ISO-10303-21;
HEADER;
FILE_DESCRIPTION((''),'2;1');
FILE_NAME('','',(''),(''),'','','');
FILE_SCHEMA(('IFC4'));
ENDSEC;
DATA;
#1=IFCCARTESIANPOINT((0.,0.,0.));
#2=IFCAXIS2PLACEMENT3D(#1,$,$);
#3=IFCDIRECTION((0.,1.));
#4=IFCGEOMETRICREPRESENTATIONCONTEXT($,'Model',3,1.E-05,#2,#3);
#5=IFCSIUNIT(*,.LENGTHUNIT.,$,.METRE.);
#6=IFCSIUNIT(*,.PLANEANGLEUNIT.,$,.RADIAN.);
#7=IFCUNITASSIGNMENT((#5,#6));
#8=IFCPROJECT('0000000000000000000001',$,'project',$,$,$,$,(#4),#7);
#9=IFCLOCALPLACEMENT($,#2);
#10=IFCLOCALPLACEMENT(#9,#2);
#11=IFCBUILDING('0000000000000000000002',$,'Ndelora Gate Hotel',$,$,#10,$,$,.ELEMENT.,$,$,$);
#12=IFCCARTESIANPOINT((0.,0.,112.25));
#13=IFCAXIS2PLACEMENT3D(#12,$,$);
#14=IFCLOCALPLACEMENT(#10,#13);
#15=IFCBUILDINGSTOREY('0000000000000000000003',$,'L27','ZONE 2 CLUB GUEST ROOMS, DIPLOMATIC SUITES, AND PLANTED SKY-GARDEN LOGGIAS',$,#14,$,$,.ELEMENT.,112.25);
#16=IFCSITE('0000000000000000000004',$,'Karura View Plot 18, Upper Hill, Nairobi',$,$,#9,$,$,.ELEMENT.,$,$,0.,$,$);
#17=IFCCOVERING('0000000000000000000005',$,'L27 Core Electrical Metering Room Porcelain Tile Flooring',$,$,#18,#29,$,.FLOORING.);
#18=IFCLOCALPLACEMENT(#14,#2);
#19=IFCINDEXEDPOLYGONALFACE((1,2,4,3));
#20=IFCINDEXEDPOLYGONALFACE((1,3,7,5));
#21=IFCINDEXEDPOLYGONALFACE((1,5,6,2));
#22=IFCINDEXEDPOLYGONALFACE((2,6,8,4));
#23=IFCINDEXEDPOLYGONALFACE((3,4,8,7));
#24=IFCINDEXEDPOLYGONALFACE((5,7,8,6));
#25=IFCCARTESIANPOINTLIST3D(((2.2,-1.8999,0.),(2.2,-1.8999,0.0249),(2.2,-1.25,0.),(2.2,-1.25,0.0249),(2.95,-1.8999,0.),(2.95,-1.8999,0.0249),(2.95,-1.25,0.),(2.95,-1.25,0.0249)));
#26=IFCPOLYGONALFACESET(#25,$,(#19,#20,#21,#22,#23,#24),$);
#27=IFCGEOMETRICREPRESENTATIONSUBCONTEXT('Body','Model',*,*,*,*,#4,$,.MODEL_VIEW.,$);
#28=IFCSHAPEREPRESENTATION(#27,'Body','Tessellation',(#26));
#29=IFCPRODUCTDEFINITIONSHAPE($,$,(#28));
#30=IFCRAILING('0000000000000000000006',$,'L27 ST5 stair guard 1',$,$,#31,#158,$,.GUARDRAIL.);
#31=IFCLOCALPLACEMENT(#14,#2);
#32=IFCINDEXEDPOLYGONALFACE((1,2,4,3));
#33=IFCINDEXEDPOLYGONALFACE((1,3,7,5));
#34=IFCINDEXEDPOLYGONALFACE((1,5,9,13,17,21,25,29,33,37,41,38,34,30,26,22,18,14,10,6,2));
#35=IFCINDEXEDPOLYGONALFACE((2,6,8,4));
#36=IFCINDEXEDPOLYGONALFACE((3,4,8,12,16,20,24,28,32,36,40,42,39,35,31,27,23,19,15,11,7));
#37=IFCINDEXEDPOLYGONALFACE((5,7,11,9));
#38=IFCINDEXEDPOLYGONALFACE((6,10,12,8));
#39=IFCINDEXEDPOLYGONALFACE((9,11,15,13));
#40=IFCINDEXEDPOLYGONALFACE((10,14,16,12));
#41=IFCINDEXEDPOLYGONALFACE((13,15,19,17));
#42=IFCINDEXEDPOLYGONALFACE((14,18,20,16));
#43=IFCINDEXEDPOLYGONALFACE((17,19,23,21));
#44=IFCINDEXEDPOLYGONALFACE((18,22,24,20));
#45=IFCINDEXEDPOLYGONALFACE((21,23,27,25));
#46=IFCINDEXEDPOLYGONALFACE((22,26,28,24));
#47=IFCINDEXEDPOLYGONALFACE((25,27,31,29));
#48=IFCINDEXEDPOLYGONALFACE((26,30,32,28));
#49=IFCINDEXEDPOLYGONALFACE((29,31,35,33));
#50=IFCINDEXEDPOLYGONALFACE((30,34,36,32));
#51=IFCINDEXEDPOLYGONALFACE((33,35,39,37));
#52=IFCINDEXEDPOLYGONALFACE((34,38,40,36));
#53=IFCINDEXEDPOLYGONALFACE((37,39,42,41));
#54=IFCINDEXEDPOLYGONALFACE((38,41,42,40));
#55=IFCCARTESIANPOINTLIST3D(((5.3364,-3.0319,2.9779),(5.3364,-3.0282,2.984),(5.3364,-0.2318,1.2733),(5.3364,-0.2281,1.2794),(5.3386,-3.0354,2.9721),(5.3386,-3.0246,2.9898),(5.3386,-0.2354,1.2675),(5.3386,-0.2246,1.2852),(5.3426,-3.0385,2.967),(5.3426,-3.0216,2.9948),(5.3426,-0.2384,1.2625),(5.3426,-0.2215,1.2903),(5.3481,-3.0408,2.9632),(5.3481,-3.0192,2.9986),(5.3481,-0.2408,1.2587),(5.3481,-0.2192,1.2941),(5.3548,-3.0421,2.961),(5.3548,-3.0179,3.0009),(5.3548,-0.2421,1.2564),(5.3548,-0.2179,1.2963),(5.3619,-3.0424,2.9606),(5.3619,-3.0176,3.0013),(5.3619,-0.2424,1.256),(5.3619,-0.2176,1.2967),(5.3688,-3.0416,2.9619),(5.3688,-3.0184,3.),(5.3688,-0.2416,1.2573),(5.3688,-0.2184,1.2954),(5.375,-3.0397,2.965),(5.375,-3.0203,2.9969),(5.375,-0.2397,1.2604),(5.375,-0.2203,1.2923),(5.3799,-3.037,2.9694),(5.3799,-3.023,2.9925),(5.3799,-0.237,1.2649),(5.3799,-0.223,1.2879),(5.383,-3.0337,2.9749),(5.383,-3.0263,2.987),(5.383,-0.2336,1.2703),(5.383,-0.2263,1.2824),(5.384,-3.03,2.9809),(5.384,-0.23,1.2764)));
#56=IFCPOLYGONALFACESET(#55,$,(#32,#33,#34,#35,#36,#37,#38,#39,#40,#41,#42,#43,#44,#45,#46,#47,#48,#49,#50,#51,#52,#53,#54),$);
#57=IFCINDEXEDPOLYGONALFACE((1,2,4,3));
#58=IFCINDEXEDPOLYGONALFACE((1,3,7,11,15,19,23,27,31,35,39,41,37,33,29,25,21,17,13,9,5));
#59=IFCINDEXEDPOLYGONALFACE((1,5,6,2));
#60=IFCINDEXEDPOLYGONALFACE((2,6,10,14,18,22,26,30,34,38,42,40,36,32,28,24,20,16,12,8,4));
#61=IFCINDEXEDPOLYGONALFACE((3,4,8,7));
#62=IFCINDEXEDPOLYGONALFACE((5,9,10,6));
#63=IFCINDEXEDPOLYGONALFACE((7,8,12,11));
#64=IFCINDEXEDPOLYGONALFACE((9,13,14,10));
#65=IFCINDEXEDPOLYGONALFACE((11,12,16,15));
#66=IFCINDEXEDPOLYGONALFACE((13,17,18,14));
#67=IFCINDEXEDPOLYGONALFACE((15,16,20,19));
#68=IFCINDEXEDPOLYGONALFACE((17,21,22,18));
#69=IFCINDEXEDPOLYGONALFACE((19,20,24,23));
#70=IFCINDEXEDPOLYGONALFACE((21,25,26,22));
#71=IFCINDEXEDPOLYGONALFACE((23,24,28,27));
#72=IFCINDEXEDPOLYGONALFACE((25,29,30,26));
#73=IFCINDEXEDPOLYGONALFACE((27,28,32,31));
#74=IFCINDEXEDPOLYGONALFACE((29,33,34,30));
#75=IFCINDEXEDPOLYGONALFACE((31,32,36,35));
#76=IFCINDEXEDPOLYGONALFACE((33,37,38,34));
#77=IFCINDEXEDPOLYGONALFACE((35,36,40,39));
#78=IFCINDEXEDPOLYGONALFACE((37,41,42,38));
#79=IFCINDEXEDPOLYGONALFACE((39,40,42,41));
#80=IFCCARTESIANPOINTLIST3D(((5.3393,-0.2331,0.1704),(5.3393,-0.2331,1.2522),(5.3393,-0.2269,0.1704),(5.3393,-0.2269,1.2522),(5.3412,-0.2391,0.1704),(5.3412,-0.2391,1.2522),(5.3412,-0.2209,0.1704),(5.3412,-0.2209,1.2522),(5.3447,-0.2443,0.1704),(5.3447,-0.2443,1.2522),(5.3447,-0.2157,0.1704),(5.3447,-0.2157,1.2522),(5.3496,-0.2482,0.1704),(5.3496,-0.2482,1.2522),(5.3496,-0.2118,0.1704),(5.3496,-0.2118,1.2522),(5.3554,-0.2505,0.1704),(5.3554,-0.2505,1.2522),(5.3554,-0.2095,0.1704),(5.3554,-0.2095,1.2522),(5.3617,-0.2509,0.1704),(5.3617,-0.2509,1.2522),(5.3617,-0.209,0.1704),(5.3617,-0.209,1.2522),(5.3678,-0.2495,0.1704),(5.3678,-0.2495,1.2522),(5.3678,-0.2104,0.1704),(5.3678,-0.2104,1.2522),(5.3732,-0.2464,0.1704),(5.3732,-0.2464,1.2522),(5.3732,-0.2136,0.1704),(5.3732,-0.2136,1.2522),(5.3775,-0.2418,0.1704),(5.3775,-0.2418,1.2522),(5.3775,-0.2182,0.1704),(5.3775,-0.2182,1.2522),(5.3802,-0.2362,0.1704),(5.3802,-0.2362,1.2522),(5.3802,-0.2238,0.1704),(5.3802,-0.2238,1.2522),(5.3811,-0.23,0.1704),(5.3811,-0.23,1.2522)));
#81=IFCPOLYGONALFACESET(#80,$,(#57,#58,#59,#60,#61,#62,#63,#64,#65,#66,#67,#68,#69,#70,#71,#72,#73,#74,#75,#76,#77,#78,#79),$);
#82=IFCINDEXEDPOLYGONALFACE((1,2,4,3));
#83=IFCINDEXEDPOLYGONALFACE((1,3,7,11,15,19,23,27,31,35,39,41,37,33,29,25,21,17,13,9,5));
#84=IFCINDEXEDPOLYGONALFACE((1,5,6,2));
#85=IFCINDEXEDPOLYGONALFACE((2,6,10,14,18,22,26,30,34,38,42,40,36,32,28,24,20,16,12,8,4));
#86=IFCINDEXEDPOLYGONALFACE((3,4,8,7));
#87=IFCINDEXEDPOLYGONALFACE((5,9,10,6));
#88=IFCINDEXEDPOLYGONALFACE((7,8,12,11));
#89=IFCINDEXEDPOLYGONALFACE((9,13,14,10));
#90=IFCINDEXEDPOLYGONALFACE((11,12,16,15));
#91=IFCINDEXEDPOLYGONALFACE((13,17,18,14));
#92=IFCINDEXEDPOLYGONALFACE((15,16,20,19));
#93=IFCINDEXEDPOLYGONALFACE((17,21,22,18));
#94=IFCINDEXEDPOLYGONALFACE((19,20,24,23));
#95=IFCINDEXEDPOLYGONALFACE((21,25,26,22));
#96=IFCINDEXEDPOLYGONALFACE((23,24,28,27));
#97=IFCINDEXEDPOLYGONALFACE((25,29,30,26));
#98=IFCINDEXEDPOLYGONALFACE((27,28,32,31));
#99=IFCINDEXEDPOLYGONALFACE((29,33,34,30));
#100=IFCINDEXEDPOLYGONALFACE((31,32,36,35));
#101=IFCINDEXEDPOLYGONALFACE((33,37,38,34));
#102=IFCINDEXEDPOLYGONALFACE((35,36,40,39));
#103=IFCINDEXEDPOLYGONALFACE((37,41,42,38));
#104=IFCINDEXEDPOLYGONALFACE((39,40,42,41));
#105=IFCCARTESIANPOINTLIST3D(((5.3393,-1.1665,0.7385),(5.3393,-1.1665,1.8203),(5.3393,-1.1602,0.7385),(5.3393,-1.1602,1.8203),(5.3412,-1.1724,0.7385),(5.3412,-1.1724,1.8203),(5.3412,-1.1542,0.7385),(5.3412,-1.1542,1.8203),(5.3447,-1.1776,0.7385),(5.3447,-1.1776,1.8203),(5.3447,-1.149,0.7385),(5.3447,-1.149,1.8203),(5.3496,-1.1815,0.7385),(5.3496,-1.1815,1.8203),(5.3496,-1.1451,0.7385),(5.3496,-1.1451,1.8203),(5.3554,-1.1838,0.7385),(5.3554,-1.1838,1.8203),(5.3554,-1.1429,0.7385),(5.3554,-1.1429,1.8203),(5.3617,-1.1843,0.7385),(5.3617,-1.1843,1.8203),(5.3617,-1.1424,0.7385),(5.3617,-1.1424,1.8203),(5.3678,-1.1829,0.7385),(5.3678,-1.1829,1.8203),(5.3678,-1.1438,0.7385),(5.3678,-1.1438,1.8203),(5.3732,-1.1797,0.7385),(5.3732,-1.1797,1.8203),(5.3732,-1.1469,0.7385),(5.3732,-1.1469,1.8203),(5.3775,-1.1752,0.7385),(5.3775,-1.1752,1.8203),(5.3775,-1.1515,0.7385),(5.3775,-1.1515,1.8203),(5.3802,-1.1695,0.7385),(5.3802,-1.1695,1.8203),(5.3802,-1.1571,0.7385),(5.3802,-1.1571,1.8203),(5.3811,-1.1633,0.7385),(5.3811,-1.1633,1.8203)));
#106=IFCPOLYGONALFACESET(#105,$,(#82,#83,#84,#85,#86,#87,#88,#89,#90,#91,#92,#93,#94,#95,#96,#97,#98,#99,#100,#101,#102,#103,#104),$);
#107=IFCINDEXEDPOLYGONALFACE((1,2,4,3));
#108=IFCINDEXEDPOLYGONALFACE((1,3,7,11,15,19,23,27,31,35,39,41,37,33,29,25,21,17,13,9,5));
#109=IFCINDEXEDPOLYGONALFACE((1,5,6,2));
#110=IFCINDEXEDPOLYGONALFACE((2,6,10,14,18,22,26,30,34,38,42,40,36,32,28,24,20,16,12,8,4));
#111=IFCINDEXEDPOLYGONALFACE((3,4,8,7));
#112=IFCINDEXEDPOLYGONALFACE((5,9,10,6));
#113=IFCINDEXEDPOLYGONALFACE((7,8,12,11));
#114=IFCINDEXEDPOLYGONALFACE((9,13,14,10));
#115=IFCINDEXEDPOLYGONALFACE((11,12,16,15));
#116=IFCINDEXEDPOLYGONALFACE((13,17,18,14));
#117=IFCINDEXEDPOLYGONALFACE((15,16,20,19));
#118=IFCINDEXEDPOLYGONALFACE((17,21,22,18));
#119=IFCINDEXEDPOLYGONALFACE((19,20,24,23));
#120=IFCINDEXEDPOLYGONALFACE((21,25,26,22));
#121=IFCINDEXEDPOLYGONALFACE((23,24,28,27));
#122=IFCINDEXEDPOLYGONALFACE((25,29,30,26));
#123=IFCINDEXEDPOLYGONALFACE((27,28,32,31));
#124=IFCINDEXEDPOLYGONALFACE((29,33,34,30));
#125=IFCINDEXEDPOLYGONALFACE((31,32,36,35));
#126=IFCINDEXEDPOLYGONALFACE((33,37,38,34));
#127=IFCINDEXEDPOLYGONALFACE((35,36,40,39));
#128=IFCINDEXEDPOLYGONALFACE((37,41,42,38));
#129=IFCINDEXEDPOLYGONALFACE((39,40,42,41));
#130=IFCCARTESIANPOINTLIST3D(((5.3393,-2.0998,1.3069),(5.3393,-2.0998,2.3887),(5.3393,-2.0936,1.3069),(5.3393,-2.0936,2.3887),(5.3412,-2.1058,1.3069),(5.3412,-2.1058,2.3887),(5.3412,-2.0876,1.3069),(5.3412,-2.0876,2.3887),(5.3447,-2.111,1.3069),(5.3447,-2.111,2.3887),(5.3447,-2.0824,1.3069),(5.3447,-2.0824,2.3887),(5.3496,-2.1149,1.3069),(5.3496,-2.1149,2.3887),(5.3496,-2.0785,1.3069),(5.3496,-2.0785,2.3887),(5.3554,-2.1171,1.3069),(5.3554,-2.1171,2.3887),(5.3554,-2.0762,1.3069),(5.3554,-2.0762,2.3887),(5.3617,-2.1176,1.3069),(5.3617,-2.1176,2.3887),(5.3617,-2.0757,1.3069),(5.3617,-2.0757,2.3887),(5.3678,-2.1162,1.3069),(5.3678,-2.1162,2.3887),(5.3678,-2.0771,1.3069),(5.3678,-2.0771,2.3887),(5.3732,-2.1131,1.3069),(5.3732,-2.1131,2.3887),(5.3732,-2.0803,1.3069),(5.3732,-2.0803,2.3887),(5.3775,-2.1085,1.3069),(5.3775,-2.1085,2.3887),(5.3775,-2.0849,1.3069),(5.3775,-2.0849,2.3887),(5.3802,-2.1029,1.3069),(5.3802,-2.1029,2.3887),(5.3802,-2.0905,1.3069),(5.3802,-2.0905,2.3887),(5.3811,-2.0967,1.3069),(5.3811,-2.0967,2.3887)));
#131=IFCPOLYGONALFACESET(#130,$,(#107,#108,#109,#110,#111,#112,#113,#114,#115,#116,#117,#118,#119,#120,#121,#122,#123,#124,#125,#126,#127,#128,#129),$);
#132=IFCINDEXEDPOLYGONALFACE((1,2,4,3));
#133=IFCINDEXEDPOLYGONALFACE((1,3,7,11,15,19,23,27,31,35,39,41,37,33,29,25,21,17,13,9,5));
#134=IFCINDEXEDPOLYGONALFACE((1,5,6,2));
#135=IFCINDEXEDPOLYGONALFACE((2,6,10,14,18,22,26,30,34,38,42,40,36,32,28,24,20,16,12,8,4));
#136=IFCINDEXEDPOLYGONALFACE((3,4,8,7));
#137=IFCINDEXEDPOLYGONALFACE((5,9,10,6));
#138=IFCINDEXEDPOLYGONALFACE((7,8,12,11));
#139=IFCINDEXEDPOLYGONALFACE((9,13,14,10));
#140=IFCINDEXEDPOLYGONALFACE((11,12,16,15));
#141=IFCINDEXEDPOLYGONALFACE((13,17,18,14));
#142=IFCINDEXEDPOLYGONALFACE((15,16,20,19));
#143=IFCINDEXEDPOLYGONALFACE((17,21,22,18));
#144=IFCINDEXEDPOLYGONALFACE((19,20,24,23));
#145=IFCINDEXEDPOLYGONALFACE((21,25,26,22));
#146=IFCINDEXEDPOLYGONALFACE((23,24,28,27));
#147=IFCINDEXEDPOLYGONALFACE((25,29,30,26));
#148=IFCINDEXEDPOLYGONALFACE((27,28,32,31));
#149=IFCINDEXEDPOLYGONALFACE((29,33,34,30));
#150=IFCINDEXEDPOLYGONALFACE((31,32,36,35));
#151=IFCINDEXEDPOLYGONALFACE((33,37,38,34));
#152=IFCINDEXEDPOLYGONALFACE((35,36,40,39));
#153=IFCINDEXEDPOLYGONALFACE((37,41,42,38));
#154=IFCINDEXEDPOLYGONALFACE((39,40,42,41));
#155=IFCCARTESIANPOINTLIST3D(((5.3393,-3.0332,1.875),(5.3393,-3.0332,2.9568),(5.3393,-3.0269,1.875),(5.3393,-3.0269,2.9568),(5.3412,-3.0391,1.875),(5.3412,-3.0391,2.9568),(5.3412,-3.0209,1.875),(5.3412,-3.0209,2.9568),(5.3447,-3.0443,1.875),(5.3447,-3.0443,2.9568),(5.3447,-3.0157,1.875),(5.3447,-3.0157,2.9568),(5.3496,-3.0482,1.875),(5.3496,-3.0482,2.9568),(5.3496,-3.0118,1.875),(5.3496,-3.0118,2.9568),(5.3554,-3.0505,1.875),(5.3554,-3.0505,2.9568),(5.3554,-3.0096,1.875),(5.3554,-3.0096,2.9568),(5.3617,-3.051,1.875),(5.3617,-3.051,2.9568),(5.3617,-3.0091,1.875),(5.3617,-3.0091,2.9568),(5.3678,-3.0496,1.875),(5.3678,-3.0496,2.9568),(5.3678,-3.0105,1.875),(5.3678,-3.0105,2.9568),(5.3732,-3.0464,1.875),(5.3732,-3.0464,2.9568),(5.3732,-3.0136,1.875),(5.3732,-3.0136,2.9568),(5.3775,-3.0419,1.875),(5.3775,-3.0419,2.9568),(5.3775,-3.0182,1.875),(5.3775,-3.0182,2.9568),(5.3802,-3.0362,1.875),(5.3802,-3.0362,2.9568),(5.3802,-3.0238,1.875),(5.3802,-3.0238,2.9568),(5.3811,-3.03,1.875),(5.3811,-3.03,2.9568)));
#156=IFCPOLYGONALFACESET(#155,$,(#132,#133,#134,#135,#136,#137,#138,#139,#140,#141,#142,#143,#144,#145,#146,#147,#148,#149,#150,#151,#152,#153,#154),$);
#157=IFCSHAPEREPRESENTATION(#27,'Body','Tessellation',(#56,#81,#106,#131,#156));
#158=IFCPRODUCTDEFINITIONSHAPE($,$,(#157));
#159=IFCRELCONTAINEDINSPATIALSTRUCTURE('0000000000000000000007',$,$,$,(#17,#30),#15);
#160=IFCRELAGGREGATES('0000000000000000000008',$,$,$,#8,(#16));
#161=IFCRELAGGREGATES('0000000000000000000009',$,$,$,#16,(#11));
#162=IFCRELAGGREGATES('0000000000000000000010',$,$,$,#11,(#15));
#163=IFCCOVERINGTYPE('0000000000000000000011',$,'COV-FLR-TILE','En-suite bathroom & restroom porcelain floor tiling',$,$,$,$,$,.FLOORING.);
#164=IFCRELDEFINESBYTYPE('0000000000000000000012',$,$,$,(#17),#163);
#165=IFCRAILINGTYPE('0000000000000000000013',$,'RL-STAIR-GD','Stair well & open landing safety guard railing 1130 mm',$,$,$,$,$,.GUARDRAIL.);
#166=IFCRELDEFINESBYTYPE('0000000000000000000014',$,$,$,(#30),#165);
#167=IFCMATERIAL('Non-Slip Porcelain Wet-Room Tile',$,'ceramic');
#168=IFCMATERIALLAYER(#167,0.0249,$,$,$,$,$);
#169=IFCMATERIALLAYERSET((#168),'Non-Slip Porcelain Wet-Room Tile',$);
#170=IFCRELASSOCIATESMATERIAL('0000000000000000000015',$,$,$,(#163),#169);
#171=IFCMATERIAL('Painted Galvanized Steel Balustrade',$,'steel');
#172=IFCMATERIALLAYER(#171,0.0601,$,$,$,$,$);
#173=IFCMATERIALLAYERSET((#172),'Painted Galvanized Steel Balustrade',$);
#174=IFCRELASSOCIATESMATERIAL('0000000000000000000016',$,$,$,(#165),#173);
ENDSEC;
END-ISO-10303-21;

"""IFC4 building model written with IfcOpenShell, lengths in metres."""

from ifc_helpers import new_model, si_unit, direction, frame, origin, origin_2d, place, context, subcontext, project, spatial, rectangle, circle, extrude, material, layer, layer_set, type_object, element, save


model = new_model("IFC4")

# Units and contexts
model_context = context("Model", 3, precision=1e-05, world=origin(), true_north=direction((0.0, 1.0)))
body_context = subcontext(model_context, "Body", "Model", "MODEL_VIEW")
ifc_project = project(units=[si_unit("LENGTHUNIT", "METRE"), si_unit("PLANEANGLEUNIT", "RADIAN")], contexts=[model_context])

# Site, building, storey
site_placement = place(None, origin())
site = spatial("IfcSite", under=ifc_project, at=site_placement, Name="Karura View Plot 18, Upper Hill, Nairobi", CompositionType="ELEMENT", RefElevation=0.0)
building_placement = place(site_placement, origin())
building = spatial("IfcBuilding", under=site, at=building_placement, Name="Ndelora Gate Hotel", CompositionType="ELEMENT")
storey_placement = place(building_placement, frame((0.0, 0.0, 112.25)))
storey = spatial("IfcBuildingStorey", under=building, at=storey_placement, Name="L27", Description="ZONE 2 CLUB GUEST ROOMS, DIPLOMATIC SUITES, AND PLANTED SKY-GARDEN LOGGIAS", CompositionType="ELEMENT", Elevation=112.25)

# Covering
ifc_material_1 = material(Name="Non-Slip Porcelain Wet-Room Tile", Category="ceramic")
ifc_layer_1 = layer(ifc_material_1, 0.0249)
ifc_layer_set_1 = layer_set([ifc_layer_1], Name="Non-Slip Porcelain Wet-Room Tile")
covering_type_1 = type_object("IfcCoveringType", Name="COV-FLR-TILE", Description="En-suite bathroom & restroom porcelain floor tiling", PredefinedType="FLOORING", material=ifc_layer_set_1)
for number, where, z_axis, x_axis, name in (
    (1, (2.575, -1.575, 0.0), (0.0, 0.0, 1.0), (1.0, 0.0, 0.0), "L27 Core Electrical Metering Room Porcelain Tile Flooring"),
):
    element("IfcCovering", number, at=place(storey_placement, frame(where, z_axis=z_axis, x_axis=x_axis)), inside=storey, type_object=covering_type_1, Name=name, PredefinedType="FLOORING", context=body_context, shape_type="SweptSolid", body=[
        extrude(rectangle(XDim=0.75, YDim=0.6499, at=origin_2d()), origin(), (0.0, 0.0, 1.0), 0.0249),
    ])

# Railing
ifc_material_2 = material(Name="Painted Galvanized Steel Balustrade", Category="steel")
ifc_layer_2 = layer(ifc_material_2, 0.0601)
ifc_layer_set_2 = layer_set([ifc_layer_2], Name="Painted Galvanized Steel Balustrade")
railing_type_1 = type_object("IfcRailingType", Name="RL-STAIR-GD", Description="Stair well & open landing safety guard railing 1130 mm", PredefinedType="GUARDRAIL", material=ifc_layer_set_2)
railing_1_placement = place(storey_placement, frame((5.3601, -0.23, 0.1704)))
element("IfcRailing", 2, at=railing_1_placement, inside=storey, type_object=railing_type_1, Name="L27 ST5 stair guard 1", PredefinedType="GUARDRAIL", context=body_context, shape_type="SweptSolid", body=[
    extrude(circle(Radius=0.0239, at=origin_2d()), frame((0.0, 0.0, 1.106), z_axis=(0.0, -0.85417, 0.519994), x_axis=(1.0, 0.0, 0.0)), (0.0, 0.0, 1.0), 3.2781),
    extrude(circle(Radius=0.021, at=origin_2d()), origin(), (0.0, 0.0, 1.0), 1.0818),
    extrude(circle(Radius=0.021, at=origin_2d()), frame((0.0, -0.9333, 0.5681)), (0.0, 0.0, 1.0), 1.0818),
    extrude(circle(Radius=0.021, at=origin_2d()), frame((0.0, -1.8667, 1.1365)), (0.0, 0.0, 1.0), 1.0818),
    extrude(circle(Radius=0.021, at=origin_2d()), frame((0.0, -2.8, 1.7046)), (0.0, 0.0, 1.0), 1.0818),
])

save(model, "model.ifc")
